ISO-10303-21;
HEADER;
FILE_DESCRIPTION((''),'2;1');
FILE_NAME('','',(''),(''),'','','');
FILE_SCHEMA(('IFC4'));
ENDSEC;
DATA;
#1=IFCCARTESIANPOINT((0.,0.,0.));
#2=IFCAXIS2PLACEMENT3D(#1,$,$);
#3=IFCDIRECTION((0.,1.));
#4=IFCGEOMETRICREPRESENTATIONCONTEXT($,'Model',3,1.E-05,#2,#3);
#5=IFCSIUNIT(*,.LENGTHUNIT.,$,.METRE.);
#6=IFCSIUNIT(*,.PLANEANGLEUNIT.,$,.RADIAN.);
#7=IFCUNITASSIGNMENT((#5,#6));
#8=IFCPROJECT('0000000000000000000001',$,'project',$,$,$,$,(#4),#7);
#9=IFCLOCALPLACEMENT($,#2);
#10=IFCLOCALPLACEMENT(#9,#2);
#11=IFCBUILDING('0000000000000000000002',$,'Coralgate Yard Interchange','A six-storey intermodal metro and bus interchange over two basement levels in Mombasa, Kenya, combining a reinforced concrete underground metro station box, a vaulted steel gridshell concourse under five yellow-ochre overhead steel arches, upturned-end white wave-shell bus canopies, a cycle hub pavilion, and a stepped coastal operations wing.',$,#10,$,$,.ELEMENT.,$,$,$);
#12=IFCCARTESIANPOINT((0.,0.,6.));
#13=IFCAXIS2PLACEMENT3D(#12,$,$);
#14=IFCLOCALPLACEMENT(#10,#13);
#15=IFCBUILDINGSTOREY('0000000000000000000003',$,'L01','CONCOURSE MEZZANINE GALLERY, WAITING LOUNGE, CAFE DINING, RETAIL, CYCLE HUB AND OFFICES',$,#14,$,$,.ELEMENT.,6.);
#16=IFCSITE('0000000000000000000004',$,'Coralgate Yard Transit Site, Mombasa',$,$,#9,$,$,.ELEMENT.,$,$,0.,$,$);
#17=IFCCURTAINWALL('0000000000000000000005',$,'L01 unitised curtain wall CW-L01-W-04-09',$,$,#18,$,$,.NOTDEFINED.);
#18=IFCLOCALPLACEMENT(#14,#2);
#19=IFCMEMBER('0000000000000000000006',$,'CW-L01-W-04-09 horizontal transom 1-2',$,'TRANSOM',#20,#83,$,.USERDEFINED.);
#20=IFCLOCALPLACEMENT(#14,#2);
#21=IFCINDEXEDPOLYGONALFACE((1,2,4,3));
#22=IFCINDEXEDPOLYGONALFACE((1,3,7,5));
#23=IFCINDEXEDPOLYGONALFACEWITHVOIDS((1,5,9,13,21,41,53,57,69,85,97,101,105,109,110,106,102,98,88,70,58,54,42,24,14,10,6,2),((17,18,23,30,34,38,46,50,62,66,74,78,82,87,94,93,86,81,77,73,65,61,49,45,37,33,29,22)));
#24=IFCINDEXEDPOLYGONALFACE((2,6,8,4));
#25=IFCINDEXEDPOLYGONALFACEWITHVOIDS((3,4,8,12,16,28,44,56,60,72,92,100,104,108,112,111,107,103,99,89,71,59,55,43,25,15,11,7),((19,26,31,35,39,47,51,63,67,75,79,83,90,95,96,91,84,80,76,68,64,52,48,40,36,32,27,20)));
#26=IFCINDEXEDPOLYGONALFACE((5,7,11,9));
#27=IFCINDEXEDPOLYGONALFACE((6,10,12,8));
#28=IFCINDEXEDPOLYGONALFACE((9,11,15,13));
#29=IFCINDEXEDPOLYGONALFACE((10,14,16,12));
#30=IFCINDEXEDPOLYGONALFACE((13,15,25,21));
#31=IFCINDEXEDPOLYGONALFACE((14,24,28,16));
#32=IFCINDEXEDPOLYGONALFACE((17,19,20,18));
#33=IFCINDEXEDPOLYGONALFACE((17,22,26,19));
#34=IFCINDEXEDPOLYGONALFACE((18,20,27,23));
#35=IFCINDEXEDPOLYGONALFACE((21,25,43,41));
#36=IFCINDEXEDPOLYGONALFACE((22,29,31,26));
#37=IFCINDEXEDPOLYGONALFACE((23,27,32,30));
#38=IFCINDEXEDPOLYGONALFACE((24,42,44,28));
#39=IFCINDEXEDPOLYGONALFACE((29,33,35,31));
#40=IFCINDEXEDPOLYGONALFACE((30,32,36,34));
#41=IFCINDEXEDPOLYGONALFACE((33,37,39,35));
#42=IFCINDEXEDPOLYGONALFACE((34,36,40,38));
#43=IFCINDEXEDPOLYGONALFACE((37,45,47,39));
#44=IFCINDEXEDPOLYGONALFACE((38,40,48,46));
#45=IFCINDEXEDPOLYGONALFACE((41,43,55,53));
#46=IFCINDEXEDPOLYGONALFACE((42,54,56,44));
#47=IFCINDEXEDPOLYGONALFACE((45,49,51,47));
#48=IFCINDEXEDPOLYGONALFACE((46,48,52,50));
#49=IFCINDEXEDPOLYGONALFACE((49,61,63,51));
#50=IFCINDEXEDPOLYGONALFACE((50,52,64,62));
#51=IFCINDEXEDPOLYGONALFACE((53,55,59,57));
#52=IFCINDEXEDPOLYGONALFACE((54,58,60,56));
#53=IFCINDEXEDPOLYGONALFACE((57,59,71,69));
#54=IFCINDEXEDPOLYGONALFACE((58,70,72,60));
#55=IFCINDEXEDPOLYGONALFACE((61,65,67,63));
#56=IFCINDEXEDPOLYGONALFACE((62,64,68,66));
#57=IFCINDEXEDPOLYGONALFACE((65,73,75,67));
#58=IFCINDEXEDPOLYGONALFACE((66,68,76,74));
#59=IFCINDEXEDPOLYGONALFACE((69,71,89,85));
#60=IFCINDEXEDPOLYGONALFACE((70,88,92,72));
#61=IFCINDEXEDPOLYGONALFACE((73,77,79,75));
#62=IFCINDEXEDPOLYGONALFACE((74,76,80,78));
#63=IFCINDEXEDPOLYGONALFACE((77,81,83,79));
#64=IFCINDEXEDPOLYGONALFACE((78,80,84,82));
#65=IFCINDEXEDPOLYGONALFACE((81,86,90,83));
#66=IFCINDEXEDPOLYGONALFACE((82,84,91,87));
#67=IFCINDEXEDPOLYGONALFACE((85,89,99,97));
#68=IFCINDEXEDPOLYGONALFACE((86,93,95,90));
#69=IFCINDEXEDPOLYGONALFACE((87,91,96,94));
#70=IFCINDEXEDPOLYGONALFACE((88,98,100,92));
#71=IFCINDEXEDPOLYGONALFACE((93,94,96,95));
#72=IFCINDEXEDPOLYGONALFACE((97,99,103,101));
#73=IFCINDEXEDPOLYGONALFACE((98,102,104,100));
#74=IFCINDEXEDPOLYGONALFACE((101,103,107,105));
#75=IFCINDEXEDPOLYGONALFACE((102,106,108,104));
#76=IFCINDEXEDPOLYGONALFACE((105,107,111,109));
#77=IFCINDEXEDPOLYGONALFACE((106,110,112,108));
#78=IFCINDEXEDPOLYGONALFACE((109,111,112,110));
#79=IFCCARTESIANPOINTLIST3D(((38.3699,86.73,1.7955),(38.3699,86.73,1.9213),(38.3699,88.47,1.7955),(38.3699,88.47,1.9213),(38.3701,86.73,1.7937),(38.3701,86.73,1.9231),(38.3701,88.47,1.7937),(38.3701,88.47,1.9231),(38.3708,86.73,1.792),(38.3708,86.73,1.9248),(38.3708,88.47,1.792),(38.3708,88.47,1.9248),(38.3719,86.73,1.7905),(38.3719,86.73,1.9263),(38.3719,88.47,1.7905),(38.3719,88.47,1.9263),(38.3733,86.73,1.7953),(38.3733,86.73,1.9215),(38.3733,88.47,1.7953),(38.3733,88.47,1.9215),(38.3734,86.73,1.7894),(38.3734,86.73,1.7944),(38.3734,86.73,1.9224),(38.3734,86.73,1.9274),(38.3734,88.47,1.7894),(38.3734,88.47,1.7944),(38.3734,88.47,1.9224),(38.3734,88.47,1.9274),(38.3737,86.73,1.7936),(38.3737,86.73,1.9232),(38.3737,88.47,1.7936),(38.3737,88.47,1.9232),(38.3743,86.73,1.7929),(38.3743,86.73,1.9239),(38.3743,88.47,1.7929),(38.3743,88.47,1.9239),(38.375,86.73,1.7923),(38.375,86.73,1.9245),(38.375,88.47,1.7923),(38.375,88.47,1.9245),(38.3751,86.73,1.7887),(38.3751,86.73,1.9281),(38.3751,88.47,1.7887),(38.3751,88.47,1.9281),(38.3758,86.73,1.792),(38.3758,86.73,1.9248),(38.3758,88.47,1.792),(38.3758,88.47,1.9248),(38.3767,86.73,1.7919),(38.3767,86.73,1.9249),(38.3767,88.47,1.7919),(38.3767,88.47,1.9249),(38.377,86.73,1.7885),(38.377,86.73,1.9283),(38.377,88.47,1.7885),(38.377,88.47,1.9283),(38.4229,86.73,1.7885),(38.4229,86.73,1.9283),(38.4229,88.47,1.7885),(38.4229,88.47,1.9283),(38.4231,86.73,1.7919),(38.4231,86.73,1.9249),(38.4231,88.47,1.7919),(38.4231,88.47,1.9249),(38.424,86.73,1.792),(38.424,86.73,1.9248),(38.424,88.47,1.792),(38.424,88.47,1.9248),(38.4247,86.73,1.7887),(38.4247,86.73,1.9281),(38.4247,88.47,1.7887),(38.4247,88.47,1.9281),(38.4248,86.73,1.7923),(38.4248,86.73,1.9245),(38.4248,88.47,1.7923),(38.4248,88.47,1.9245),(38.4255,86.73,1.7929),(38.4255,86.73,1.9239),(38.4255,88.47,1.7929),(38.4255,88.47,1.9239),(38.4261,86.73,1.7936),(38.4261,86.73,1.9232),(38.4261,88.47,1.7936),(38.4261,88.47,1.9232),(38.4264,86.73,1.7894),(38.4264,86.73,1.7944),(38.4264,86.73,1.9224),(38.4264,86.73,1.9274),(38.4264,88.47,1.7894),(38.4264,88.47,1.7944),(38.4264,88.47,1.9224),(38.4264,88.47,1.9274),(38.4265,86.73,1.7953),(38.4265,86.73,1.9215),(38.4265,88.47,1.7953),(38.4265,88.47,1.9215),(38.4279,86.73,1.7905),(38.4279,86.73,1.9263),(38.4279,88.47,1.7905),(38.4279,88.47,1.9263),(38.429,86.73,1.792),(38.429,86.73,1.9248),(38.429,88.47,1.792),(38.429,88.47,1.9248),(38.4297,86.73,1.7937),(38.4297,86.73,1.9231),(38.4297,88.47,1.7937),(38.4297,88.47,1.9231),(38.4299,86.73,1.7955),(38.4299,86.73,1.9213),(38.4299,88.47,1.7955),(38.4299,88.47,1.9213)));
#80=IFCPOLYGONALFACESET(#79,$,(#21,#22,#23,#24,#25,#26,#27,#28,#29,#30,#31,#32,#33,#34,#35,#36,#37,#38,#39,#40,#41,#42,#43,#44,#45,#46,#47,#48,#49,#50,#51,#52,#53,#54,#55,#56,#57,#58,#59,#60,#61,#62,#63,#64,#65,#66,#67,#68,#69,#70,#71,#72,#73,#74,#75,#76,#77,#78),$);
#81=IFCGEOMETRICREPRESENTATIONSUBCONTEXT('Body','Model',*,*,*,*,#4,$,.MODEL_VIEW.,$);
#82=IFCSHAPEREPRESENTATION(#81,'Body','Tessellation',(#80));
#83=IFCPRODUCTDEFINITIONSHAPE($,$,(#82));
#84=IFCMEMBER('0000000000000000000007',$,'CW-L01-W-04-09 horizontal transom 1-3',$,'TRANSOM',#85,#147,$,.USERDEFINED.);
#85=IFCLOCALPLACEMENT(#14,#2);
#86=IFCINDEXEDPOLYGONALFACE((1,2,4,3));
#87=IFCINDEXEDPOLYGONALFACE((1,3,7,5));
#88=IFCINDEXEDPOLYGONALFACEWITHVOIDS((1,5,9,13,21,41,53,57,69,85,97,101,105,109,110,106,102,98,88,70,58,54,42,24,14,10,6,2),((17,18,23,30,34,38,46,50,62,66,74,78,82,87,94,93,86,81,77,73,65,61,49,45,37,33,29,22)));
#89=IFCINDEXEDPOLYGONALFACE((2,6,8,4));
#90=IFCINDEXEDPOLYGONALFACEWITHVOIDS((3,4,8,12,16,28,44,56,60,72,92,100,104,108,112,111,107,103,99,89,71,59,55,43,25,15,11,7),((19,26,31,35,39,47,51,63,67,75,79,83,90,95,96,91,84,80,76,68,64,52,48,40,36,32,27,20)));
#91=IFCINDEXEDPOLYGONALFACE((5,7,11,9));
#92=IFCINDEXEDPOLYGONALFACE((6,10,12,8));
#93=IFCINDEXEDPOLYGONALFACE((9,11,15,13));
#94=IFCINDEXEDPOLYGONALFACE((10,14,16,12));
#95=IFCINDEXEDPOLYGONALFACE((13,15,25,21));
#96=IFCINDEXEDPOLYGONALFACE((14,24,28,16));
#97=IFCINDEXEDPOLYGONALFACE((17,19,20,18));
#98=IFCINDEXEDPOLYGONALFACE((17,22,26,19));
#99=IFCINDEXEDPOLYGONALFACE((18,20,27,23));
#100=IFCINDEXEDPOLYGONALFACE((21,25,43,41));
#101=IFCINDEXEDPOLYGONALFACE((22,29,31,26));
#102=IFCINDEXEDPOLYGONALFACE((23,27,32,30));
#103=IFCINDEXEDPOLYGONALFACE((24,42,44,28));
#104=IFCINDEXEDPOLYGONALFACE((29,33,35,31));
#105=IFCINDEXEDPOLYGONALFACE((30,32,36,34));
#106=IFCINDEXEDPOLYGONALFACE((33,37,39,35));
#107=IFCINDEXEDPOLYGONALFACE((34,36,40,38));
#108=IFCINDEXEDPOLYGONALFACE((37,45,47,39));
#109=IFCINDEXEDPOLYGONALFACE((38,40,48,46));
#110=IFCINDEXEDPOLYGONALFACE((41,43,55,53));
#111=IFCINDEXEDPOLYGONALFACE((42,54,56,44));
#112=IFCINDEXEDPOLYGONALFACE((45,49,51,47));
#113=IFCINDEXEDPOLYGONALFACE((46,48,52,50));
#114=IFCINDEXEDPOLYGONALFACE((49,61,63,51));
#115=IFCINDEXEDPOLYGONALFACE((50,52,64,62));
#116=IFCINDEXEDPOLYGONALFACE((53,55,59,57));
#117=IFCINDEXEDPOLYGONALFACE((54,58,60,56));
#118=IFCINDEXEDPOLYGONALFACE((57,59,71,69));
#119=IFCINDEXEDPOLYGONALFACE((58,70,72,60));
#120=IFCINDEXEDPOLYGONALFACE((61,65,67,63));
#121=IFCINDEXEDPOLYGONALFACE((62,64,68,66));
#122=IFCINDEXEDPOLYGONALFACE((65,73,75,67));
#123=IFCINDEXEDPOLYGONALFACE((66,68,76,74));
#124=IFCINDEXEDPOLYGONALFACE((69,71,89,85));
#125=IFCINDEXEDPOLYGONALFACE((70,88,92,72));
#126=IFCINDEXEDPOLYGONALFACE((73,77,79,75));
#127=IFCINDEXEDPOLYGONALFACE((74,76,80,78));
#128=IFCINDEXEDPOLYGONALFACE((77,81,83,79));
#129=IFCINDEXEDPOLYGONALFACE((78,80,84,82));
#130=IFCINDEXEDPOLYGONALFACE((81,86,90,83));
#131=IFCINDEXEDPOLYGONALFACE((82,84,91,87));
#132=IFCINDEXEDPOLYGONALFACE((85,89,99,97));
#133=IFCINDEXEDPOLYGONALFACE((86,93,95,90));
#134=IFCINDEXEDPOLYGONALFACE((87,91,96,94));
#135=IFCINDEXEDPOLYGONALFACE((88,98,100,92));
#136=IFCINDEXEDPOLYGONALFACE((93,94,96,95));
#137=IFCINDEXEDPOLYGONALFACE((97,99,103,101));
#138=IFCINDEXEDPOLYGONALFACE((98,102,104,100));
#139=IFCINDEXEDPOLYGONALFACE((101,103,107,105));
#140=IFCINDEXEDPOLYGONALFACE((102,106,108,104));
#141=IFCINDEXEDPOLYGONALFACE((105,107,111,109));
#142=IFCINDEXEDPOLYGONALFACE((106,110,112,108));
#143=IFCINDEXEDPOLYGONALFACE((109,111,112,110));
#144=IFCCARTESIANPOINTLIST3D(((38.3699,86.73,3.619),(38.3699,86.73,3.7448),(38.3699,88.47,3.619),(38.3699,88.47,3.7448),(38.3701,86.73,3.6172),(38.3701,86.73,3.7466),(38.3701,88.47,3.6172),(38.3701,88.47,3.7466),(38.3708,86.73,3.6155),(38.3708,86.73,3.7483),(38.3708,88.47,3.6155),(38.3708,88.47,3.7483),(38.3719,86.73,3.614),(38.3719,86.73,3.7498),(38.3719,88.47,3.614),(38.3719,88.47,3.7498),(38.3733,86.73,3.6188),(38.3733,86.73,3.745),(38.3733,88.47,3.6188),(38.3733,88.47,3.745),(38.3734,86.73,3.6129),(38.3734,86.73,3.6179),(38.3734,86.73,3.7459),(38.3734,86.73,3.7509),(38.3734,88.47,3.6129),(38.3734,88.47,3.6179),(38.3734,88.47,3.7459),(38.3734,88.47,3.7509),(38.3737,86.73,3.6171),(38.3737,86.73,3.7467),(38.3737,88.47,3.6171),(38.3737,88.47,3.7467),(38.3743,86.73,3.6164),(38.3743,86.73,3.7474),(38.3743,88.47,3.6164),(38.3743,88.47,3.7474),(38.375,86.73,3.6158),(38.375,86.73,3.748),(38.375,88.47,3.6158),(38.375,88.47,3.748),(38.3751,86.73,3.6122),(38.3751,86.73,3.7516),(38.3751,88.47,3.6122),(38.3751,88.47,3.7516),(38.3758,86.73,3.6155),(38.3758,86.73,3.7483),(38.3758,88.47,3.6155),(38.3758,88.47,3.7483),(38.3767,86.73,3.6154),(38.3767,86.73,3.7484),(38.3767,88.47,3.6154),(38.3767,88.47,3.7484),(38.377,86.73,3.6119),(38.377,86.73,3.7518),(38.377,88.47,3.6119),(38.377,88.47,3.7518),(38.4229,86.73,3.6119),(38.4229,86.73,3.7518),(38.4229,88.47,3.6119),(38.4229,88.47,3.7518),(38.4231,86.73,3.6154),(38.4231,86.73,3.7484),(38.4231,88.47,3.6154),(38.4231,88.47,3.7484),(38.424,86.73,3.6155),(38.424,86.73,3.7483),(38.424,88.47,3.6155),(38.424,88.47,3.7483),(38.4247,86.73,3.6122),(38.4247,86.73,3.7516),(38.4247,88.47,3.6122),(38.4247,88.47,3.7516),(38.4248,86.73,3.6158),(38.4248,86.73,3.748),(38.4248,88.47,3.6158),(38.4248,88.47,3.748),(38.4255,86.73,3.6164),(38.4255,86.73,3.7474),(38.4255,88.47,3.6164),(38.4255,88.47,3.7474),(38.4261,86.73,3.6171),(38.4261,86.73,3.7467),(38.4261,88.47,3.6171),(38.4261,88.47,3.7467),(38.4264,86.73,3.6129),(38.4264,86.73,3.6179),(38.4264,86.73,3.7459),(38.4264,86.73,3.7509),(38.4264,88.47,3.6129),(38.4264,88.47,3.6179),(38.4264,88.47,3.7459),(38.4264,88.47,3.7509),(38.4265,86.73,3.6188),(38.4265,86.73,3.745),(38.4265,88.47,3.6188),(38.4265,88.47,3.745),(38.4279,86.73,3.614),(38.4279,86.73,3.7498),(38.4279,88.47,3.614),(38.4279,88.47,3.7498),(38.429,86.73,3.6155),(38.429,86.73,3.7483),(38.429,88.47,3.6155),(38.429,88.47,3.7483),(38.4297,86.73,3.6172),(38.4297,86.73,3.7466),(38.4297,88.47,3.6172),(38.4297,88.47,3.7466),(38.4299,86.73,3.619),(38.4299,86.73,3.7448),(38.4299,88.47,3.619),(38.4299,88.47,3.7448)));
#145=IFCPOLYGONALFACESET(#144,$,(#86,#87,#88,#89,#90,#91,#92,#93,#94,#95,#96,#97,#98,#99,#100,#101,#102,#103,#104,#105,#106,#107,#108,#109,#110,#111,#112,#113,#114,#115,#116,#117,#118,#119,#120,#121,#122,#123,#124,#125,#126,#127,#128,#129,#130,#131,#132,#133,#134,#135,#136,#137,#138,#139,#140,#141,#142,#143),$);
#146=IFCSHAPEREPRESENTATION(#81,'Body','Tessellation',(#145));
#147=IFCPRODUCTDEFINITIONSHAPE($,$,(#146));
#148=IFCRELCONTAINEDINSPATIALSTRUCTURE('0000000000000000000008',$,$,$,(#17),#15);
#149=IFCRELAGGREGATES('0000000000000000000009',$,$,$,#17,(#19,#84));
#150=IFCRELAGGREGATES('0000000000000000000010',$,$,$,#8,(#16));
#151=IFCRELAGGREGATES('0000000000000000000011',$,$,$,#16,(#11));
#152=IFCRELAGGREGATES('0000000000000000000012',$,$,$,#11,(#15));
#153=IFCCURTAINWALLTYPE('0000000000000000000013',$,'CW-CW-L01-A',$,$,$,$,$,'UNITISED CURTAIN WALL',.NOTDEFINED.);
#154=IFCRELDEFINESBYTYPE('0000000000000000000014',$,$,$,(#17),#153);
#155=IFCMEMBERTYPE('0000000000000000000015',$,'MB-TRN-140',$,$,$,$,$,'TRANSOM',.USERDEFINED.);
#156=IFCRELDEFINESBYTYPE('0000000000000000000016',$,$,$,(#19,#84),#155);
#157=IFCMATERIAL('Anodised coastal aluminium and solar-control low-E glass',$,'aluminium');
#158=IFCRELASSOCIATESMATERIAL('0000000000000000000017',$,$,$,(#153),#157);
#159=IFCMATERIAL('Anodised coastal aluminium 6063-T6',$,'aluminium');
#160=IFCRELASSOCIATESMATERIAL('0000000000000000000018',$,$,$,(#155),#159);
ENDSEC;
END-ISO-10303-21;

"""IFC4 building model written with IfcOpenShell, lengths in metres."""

from ifc_helpers import new_model, si_unit, direction, frame, origin, origin_2d, place, context, subcontext, project, spatial, hollow_rectangle, extrude, material, material_profile, profile_set, type_object, element, aggregate, save


model = new_model("IFC4")

# Units and contexts
model_context = context("Model", 3, precision=1e-05, world=origin(), true_north=direction((0.0, 1.0)))
body_context = subcontext(model_context, "Body", "Model", "MODEL_VIEW")
ifc_project = project(units=[si_unit("LENGTHUNIT", "METRE"), si_unit("PLANEANGLEUNIT", "RADIAN")], contexts=[model_context])

# Site, building, storey
site_placement = place(None, origin())
site = spatial("IfcSite", under=ifc_project, at=site_placement, Name="Coralgate Yard Transit Site, Mombasa", CompositionType="ELEMENT", RefElevation=0.0)
building_placement = place(site_placement, origin())
building = spatial("IfcBuilding", under=site, at=building_placement, Name="Coralgate Yard Interchange", Description="A six-storey intermodal metro and bus interchange over two basement levels in Mombasa, Kenya, combining a reinforced concrete underground metro station box, a vaulted steel gridshell concourse under five yellow-ochre overhead steel arches, upturned-end white wave-shell bus canopies, a cycle hub pavilion, and a stepped coastal operations wing.", CompositionType="ELEMENT")
storey_placement = place(building_placement, frame((0.0, 0.0, 6.0)))
storey = spatial("IfcBuildingStorey", under=building, at=storey_placement, Name="L01", Description="CONCOURSE MEZZANINE GALLERY, WAITING LOUNGE, CAFE DINING, RETAIL, CYCLE HUB AND OFFICES", CompositionType="ELEMENT", Elevation=6.0)

# Curtain wall, members
ifc_material_1 = material(Name="Anodised coastal aluminium and solar-control low-E glass", Category="aluminium")
curtain_wall_type = type_object("IfcCurtainWallType", Name="CW-CW-L01-A", ElementType="UNITISED CURTAIN WALL", PredefinedType="NOTDEFINED", material=ifc_material_1)
curtain_wall_placement = place(storey_placement, origin())
curtain_wall = element("IfcCurtainWall", 1, at=curtain_wall_placement, inside=storey, type_object=curtain_wall_type, Name="L01 unitised curtain wall CW-L01-W-04-09", PredefinedType="NOTDEFINED")
ifc_material_2 = material(Name="Anodised coastal aluminium 6063-T6", Category="aluminium")
ifc_material_profile_1 = material_profile(ifc_material_2, hollow_rectangle(XDim=0.0601, YDim=0.1399, WallThickness=0.0034, InnerFilletRadius=0.0034, OuterFilletRadius=0.0071, at=origin_2d()), Name="ALU 60x140x3.5")
ifc_profile_set_1 = profile_set([ifc_material_profile_1], Name="Anodised coastal aluminium 6063-T6")
member_type_1 = type_object("IfcMemberType", Name="MB-TRN-140", ElementType="TRANSOM", PredefinedType="USERDEFINED", material=ifc_profile_set_1)
member_1_placement = place(storey_placement, frame((38.3999, 86.73, 1.8584), z_axis=(0.0, 1.0, 0.0), x_axis=(-1.0, 0.0, 0.0)))
member_1 = element("IfcMember", 2, at=member_1_placement, type_object=member_type_1, Name="CW-L01-W-04-09 horizontal transom 1-2", ObjectType="TRANSOM", PredefinedType="USERDEFINED", context=body_context, shape_type="SweptSolid", body=[
    extrude(hollow_rectangle(XDim=0.0601, YDim=0.1399, WallThickness=0.0034, InnerFilletRadius=0.0034, OuterFilletRadius=0.0071, at=origin_2d()), origin(), (0.0, 0.0, 1.0), 1.74),
])
member_2_placement = place(storey_placement, frame((38.3999, 86.73, 3.6819), z_axis=(0.0, 1.0, 0.0), x_axis=(-1.0, 0.0, 0.0)))
member_2 = element("IfcMember", 3, at=member_2_placement, type_object=member_type_1, Name="CW-L01-W-04-09 horizontal transom 1-3", ObjectType="TRANSOM", PredefinedType="USERDEFINED", context=body_context, shape_type="SweptSolid", body=[
    extrude(hollow_rectangle(XDim=0.0601, YDim=0.1399, WallThickness=0.0034, InnerFilletRadius=0.0034, OuterFilletRadius=0.0071, at=origin_2d()), origin(), (0.0, 0.0, 1.0), 1.74),
])
aggregate(curtain_wall, [member_1, member_2])

save(model, "model.ifc")
